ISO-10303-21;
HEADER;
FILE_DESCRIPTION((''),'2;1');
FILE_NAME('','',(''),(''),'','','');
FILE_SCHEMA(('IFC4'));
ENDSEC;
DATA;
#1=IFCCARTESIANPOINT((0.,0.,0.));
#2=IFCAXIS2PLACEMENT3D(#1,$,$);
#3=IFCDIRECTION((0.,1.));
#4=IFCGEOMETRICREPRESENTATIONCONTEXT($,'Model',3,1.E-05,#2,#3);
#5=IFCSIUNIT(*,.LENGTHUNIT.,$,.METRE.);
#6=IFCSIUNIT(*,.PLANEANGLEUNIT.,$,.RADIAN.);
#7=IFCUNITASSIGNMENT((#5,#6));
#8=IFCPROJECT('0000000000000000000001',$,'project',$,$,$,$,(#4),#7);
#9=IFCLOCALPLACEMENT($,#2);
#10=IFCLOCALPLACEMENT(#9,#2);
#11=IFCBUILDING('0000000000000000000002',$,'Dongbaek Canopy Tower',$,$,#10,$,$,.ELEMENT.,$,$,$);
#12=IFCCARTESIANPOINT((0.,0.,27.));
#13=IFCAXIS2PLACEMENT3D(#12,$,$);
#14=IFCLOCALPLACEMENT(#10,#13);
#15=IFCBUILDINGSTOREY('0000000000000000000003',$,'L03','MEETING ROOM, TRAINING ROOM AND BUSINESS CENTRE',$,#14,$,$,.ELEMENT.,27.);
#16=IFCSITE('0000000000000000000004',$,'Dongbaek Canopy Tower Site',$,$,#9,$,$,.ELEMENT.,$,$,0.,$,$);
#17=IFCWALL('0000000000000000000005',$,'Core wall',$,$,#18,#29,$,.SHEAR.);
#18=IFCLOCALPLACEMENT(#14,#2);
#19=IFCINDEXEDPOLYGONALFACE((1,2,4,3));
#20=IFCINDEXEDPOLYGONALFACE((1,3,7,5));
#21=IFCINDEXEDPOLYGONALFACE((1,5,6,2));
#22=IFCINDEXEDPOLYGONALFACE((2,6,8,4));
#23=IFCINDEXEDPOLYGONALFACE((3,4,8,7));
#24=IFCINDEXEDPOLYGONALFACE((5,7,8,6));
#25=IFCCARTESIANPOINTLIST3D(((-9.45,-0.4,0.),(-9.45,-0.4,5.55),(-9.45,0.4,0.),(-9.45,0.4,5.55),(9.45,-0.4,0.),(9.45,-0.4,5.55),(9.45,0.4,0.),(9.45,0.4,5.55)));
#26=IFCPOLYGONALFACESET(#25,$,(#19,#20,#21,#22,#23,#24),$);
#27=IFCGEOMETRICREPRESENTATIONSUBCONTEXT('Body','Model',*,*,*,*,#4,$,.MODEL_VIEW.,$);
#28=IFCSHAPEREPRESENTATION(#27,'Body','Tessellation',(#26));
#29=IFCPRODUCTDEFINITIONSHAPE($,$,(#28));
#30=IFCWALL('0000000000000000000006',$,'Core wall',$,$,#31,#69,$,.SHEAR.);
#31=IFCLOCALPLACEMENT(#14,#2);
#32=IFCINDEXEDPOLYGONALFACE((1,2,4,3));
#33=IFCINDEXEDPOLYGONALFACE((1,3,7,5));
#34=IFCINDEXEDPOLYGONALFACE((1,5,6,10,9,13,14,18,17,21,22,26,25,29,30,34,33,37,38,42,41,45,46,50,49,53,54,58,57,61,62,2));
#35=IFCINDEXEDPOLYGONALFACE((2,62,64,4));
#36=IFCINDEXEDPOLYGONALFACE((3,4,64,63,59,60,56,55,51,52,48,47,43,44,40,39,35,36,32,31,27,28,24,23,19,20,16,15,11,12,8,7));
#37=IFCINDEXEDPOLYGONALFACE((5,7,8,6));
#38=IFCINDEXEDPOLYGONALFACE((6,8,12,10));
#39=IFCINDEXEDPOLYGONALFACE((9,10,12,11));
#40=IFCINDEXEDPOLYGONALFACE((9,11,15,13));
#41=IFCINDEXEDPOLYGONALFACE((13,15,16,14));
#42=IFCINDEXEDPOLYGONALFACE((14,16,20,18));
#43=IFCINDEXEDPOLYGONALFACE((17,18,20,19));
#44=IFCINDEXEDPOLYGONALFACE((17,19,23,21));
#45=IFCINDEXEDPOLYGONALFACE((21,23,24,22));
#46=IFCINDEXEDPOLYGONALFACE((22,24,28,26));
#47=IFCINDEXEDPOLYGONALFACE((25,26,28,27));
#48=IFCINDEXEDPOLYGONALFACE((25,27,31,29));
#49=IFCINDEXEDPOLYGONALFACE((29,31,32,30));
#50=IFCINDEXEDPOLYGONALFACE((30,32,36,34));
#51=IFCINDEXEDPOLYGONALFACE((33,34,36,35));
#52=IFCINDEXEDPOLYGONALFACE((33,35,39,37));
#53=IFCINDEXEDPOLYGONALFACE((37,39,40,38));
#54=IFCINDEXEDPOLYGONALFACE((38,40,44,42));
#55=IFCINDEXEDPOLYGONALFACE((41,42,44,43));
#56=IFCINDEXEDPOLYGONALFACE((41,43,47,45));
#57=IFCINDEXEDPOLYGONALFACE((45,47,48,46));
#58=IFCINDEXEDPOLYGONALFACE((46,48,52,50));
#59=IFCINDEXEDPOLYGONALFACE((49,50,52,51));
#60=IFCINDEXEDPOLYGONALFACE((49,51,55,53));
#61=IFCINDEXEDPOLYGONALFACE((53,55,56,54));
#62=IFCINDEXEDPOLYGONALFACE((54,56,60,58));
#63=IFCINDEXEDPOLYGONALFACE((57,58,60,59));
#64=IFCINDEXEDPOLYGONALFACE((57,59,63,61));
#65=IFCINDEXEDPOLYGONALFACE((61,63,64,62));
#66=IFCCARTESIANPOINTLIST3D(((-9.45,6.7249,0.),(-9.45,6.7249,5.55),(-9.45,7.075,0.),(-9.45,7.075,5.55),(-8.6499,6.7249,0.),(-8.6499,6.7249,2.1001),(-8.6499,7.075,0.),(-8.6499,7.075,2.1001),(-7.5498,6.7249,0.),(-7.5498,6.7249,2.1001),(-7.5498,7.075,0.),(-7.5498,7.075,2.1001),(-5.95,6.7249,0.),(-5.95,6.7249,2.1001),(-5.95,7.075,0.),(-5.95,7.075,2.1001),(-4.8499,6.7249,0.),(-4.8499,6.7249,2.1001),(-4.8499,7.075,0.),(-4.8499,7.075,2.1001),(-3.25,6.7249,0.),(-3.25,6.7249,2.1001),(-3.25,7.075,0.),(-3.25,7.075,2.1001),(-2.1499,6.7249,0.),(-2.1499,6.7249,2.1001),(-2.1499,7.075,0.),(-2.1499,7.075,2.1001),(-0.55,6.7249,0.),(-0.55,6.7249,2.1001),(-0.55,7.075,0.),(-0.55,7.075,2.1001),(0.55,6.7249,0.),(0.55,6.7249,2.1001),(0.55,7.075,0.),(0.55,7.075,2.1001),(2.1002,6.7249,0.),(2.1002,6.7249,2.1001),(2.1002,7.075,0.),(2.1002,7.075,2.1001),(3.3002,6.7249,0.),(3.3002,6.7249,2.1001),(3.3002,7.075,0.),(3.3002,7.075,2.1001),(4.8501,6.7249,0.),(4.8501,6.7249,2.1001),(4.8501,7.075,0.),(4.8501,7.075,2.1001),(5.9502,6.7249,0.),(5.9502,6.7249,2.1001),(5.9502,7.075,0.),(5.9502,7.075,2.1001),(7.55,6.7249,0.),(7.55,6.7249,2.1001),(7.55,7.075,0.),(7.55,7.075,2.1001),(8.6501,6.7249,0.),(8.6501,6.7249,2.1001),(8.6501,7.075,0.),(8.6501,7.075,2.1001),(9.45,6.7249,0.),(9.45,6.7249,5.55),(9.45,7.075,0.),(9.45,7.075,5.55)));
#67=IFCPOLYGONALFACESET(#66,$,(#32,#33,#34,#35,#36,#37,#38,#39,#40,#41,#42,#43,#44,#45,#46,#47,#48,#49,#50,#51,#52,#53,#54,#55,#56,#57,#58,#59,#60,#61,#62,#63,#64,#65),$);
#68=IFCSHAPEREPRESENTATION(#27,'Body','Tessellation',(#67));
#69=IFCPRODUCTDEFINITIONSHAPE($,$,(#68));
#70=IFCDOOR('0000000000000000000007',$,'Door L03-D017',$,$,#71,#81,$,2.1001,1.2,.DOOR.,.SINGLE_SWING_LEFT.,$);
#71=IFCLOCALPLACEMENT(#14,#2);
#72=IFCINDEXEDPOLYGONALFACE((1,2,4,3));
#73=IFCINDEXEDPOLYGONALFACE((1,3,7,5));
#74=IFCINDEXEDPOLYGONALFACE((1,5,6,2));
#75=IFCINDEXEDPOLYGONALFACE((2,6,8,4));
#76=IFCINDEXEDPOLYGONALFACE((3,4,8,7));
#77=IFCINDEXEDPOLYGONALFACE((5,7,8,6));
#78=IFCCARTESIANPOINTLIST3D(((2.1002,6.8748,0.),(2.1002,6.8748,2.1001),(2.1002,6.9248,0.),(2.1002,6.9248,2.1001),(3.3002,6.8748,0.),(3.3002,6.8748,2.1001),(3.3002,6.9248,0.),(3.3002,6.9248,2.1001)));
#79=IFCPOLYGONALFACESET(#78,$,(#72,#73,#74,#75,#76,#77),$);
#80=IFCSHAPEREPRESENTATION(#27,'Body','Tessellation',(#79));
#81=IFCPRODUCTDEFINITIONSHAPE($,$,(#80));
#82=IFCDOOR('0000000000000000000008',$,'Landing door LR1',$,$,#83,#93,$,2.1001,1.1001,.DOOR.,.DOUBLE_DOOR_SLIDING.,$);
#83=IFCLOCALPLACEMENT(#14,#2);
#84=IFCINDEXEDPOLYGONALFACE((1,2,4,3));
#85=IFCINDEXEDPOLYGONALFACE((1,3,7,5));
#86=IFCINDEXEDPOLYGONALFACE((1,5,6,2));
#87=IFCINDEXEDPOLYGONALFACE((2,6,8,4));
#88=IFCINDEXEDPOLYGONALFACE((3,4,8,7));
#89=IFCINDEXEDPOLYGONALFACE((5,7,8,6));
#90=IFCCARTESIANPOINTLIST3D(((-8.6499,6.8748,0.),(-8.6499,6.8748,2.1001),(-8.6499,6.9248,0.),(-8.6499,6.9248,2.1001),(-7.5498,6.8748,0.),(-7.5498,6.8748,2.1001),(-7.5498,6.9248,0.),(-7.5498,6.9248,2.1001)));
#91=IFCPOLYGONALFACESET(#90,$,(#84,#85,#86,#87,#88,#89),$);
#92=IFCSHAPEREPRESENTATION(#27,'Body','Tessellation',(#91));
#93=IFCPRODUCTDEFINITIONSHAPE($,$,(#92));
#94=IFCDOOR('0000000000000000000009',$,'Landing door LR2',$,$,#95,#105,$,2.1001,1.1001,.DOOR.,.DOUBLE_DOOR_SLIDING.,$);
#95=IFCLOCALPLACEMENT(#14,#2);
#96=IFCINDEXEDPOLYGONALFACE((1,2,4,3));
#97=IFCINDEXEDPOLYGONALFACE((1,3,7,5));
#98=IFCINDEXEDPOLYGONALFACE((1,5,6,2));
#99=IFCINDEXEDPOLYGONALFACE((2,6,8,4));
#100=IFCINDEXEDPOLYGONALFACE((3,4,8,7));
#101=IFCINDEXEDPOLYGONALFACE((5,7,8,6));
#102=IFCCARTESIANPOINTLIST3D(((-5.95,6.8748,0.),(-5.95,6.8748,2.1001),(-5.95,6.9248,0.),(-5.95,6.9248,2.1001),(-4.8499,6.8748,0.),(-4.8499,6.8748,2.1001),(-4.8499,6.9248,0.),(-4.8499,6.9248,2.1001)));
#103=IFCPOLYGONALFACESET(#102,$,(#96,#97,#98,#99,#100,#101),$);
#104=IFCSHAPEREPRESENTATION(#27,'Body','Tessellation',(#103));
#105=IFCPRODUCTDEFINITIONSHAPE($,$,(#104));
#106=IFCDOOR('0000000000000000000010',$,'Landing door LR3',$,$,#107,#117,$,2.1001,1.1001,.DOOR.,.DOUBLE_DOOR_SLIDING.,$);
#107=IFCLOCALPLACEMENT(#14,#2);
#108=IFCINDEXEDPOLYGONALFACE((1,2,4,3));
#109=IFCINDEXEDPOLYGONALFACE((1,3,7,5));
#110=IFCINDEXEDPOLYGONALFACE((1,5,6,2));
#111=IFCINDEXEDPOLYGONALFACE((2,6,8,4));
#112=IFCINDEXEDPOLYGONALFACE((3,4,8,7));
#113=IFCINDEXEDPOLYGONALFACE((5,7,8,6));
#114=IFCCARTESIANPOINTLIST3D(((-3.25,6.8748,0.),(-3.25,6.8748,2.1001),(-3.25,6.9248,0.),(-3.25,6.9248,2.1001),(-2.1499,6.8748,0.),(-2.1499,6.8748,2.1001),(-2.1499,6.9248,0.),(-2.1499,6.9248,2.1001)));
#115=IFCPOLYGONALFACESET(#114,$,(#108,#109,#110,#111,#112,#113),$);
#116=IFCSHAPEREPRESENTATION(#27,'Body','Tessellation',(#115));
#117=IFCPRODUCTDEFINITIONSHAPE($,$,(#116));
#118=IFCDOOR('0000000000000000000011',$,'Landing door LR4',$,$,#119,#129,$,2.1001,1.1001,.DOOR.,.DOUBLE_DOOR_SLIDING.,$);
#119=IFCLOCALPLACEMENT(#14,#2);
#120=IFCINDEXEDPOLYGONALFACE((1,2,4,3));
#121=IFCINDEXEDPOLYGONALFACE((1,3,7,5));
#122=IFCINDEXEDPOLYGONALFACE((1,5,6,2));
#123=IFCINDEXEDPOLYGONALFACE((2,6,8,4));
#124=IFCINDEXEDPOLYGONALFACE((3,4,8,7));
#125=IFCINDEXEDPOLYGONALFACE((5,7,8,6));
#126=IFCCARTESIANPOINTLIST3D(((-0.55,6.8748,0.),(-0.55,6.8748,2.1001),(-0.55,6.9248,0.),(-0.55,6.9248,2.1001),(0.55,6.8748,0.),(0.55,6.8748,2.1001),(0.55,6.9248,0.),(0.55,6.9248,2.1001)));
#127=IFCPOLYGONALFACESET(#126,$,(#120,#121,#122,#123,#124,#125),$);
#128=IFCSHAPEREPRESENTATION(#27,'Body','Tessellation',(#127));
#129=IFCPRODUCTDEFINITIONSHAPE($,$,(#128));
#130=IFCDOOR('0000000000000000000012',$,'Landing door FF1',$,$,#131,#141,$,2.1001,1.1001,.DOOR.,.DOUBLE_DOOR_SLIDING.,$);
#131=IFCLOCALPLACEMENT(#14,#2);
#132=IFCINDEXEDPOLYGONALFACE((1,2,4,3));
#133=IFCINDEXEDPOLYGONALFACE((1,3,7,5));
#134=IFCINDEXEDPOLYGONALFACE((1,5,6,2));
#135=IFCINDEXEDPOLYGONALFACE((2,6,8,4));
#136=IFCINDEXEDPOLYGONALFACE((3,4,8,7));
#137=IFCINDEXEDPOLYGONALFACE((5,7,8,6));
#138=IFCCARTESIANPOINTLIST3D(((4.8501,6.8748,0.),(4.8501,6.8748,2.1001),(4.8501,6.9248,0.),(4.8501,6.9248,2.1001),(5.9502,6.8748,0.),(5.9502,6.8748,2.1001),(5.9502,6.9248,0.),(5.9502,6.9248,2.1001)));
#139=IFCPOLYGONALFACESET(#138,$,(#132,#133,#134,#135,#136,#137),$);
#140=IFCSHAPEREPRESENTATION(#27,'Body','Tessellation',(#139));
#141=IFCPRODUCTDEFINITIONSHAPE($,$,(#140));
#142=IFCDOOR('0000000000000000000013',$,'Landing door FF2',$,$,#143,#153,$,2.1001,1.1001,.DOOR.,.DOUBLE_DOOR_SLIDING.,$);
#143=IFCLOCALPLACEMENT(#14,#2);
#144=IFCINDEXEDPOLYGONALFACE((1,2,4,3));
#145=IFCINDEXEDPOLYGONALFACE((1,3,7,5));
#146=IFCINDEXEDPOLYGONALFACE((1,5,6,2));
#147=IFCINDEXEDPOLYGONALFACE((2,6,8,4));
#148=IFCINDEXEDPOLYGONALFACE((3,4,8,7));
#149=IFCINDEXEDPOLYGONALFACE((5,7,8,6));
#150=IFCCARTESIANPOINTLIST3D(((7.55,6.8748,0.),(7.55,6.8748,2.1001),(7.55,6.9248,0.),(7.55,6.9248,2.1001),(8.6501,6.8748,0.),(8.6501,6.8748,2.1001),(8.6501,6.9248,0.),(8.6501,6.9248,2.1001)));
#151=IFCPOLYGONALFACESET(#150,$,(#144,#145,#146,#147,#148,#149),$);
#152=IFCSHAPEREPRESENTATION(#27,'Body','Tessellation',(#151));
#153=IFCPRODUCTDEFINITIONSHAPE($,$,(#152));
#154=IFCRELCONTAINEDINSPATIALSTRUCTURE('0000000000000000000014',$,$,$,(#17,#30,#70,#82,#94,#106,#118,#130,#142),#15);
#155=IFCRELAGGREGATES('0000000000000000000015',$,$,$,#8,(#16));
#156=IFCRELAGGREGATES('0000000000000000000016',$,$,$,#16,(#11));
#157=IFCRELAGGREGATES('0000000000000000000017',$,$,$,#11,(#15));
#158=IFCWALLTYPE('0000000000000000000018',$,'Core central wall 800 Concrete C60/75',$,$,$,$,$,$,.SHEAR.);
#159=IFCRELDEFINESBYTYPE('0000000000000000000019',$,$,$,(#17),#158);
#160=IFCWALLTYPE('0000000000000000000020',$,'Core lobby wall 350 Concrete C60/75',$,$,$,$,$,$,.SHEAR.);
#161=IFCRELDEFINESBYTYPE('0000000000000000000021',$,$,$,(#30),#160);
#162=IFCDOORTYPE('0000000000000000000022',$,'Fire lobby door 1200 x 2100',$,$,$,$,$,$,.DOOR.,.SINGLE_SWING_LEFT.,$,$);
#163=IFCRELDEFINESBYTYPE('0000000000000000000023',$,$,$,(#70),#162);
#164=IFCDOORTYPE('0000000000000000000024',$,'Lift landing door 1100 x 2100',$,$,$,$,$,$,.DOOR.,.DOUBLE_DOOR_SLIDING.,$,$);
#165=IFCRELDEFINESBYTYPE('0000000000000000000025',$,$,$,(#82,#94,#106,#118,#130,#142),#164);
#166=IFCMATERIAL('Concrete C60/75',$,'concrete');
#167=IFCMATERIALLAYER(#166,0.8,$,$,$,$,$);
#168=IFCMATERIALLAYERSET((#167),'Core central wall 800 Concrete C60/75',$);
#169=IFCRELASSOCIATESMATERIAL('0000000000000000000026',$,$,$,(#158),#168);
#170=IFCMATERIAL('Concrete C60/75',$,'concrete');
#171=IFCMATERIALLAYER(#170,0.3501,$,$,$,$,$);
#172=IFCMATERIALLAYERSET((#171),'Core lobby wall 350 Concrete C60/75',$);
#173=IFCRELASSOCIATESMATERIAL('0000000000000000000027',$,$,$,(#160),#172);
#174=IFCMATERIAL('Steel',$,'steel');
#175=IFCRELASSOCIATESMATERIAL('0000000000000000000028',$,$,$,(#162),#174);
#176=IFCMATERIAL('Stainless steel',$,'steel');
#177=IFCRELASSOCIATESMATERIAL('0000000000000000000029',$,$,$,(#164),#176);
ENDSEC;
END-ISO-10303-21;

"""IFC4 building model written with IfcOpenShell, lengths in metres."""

from ifc_helpers import new_model, si_unit, direction, frame, frame_2d, origin, place, context, subcontext, project, spatial, rectangle, extrude, material, layer, layer_set, type_object, element, fill, save


model = new_model("IFC4")

# Units and contexts
model_context = context("Model", 3, precision=1e-05, world=origin(), true_north=direction((0.0, 1.0)))
body_context = subcontext(model_context, "Body", "Model", "MODEL_VIEW")
ifc_project = project(units=[si_unit("LENGTHUNIT", "METRE"), si_unit("PLANEANGLEUNIT", "RADIAN")], contexts=[model_context])

# Site, building, storey
site_placement = place(None, origin())
site = spatial("IfcSite", under=ifc_project, at=site_placement, Name="Dongbaek Canopy Tower Site", CompositionType="ELEMENT", RefElevation=0.0)
building_placement = place(site_placement, origin())
building = spatial("IfcBuilding", under=site, at=building_placement, Name="Dongbaek Canopy Tower", CompositionType="ELEMENT")
storey_placement = place(building_placement, frame((0.0, 0.0, 27.0)))
storey = spatial("IfcBuildingStorey", under=building, at=storey_placement, Name="L03", Description="MEETING ROOM, TRAINING ROOM AND BUSINESS CENTRE", CompositionType="ELEMENT", Elevation=27.0)

# Wall
ifc_material_1 = material(Name="Concrete C60/75", Category="concrete")
ifc_layer_1 = layer(ifc_material_1, 0.8)
ifc_layer_set_1 = layer_set([ifc_layer_1], Name="Core central wall 800 Concrete C60/75")
wall_type_1 = type_object("IfcWallType", Name="Core central wall 800 Concrete C60/75", PredefinedType="SHEAR", material=ifc_layer_set_1)
wall_1_placement = place(storey_placement, frame((-9.45, 0.0, 0.0), z_axis=(0.0, 0.0, 1.0), x_axis=(1.0, 0.0, 0.0)))
element("IfcWall", 1, at=wall_1_placement, inside=storey, type_object=wall_type_1, Name="Core wall", PredefinedType="SHEAR", context=body_context, shape_type="SweptSolid", body=[
    extrude(rectangle(XDim=18.8999, YDim=0.8, at=frame_2d((9.45, 0.0))), origin(), (0.0, 0.0, 1.0), 5.55),
])

# Wall, openings, doors
ifc_material_2 = material(Name="Concrete C60/75", Category="concrete")
ifc_layer_2 = layer(ifc_material_2, 0.3501)
ifc_layer_set_2 = layer_set([ifc_layer_2], Name="Core lobby wall 350 Concrete C60/75")
wall_type_2 = type_object("IfcWallType", Name="Core lobby wall 350 Concrete C60/75", PredefinedType="SHEAR", material=ifc_layer_set_2)
wall_2_placement = place(storey_placement, frame((-9.45, 6.8999, 0.0), z_axis=(0.0, 0.0, 1.0), x_axis=(1.0, 0.0, 0.0)))
wall_2 = element("IfcWall", 2, at=wall_2_placement, inside=storey, type_object=wall_type_2, Name="Core wall", PredefinedType="SHEAR", context=body_context, shape_type="SweptSolid", body=[
    extrude(rectangle(XDim=18.8999, YDim=0.3501, at=frame_2d((9.45, 0.0))), origin(), (0.0, 0.0, 1.0), 5.55),
])
opening_1_placement = place(wall_2_placement, frame((0.8, 0.0, 0.0)))
opening_1 = element("IfcOpeningElement", 3, at=opening_1_placement, cuts=wall_2, PredefinedType="OPENING", context=body_context, shape_type="SweptSolid", body=[
    extrude(rectangle(XDim=1.1001, YDim=2.1001, at=frame_2d((0.55, 1.05))), frame((0.0, 0.1851, 0.0), z_axis=(0.0, -1.0, 0.0), x_axis=(1.0, 0.0, 0.0)), (0.0, 0.0, 1.0), 0.3701),
])
opening_2_placement = place(wall_2_placement, frame((3.5, 0.0, 0.0)))
opening_2 = element("IfcOpeningElement", 4, at=opening_2_placement, cuts=wall_2, PredefinedType="OPENING", context=body_context, shape_type="SweptSolid", body=[
    extrude(rectangle(XDim=1.1001, YDim=2.1001, at=frame_2d((0.55, 1.05))), frame((0.0, 0.1851, 0.0), z_axis=(0.0, -1.0, 0.0), x_axis=(1.0, 0.0, 0.0)), (0.0, 0.0, 1.0), 0.3701),
])
opening_3_placement = place(wall_2_placement, frame((6.2, 0.0, 0.0)))
opening_3 = element("IfcOpeningElement", 5, at=opening_3_placement, cuts=wall_2, PredefinedType="OPENING", context=body_context, shape_type="SweptSolid", body=[
    extrude(rectangle(XDim=1.1001, YDim=2.1001, at=frame_2d((0.55, 1.05))), frame((0.0, 0.1851, 0.0), z_axis=(0.0, -1.0, 0.0), x_axis=(1.0, 0.0, 0.0)), (0.0, 0.0, 1.0), 0.3701),
])
opening_4_placement = place(wall_2_placement, frame((8.8999, 0.0, 0.0)))
opening_4 = element("IfcOpeningElement", 6, at=opening_4_placement, cuts=wall_2, PredefinedType="OPENING", context=body_context, shape_type="SweptSolid", body=[
    extrude(rectangle(XDim=1.1001, YDim=2.1001, at=frame_2d((0.55, 1.05))), frame((0.0, 0.1851, 0.0), z_axis=(0.0, -1.0, 0.0), x_axis=(1.0, 0.0, 0.0)), (0.0, 0.0, 1.0), 0.3701),
])
opening_5_placement = place(wall_2_placement, frame((11.55, 0.0, 0.0)))
opening_5 = element("IfcOpeningElement", 7, at=opening_5_placement, cuts=wall_2, PredefinedType="OPENING", context=body_context, shape_type="SweptSolid", body=[
    extrude(rectangle(XDim=1.2, YDim=2.1001, at=frame_2d((0.6001, 1.05))), frame((0.0, 0.1851, 0.0), z_axis=(0.0, -1.0, 0.0), x_axis=(1.0, 0.0, 0.0)), (0.0, 0.0, 1.0), 0.3701),
])
opening_6_placement = place(wall_2_placement, frame((14.3, 0.0, 0.0)))
opening_6 = element("IfcOpeningElement", 8, at=opening_6_placement, cuts=wall_2, PredefinedType="OPENING", context=body_context, shape_type="SweptSolid", body=[
    extrude(rectangle(XDim=1.1001, YDim=2.1001, at=frame_2d((0.55, 1.05))), frame((0.0, 0.1851, 0.0), z_axis=(0.0, -1.0, 0.0), x_axis=(1.0, 0.0, 0.0)), (0.0, 0.0, 1.0), 0.3701),
])
opening_7_placement = place(wall_2_placement, frame((17.0, 0.0, 0.0)))
opening_7 = element("IfcOpeningElement", 9, at=opening_7_placement, cuts=wall_2, PredefinedType="OPENING", context=body_context, shape_type="SweptSolid", body=[
    extrude(rectangle(XDim=1.1001, YDim=2.1001, at=frame_2d((0.55, 1.05))), frame((0.0, 0.1851, 0.0), z_axis=(0.0, -1.0, 0.0), x_axis=(1.0, 0.0, 0.0)), (0.0, 0.0, 1.0), 0.3701),
])
ifc_material_3 = material(Name="Steel", Category="steel")
door_type_1 = type_object("IfcDoorType", Name="Fire lobby door 1200 x 2100", OperationType="SINGLE_SWING_LEFT", PredefinedType="DOOR", material=ifc_material_3)
door_1_placement = place(opening_5_placement, origin())
door_1 = element("IfcDoor", 10, at=door_1_placement, inside=storey, type_object=door_type_1, Name="Door L03-D017", OperationType="SINGLE_SWING_LEFT", OverallHeight=2.1001, OverallWidth=1.2, PredefinedType="DOOR", context=body_context, shape_type="SweptSolid", body=[
    extrude(rectangle(XDim=1.2, YDim=2.1001, at=frame_2d((0.6001, 1.05))), frame((0.0, 0.0249, 0.0), z_axis=(0.0, -1.0, 0.0), x_axis=(1.0, 0.0, 0.0)), (0.0, 0.0, 1.0), 0.05),
])
fill(opening_5, door_1)
ifc_material_4 = material(Name="Stainless steel", Category="steel")
door_type_2 = type_object("IfcDoorType", Name="Lift landing door 1100 x 2100", OperationType="DOUBLE_DOOR_SLIDING", PredefinedType="DOOR", material=ifc_material_4)
door_2_placement = place(opening_1_placement, origin())
door_2 = element("IfcDoor", 11, at=door_2_placement, inside=storey, type_object=door_type_2, Name="Landing door LR1", OperationType="DOUBLE_DOOR_SLIDING", OverallHeight=2.1001, OverallWidth=1.1001, PredefinedType="DOOR", context=body_context, shape_type="SweptSolid", body=[
    extrude(rectangle(XDim=1.1001, YDim=2.1001, at=frame_2d((0.55, 1.05))), frame((0.0, 0.0249, 0.0), z_axis=(0.0, -1.0, 0.0), x_axis=(1.0, 0.0, 0.0)), (0.0, 0.0, 1.0), 0.05),
])
fill(opening_1, door_2)
door_3_placement = place(opening_2_placement, origin())
door_3 = element("IfcDoor", 12, at=door_3_placement, inside=storey, type_object=door_type_2, Name="Landing door LR2", OperationType="DOUBLE_DOOR_SLIDING", OverallHeight=2.1001, OverallWidth=1.1001, PredefinedType="DOOR", context=body_context, shape_type="SweptSolid", body=[
    extrude(rectangle(XDim=1.1001, YDim=2.1001, at=frame_2d((0.55, 1.05))), frame((0.0, 0.0249, 0.0), z_axis=(0.0, -1.0, 0.0), x_axis=(1.0, 0.0, 0.0)), (0.0, 0.0, 1.0), 0.05),
])
fill(opening_2, door_3)
door_4_placement = place(opening_3_placement, origin())
door_4 = element("IfcDoor", 13, at=door_4_placement, inside=storey, type_object=door_type_2, Name="Landing door LR3", OperationType="DOUBLE_DOOR_SLIDING", OverallHeight=2.1001, OverallWidth=1.1001, PredefinedType="DOOR", context=body_context, shape_type="SweptSolid", body=[
    extrude(rectangle(XDim=1.1001, YDim=2.1001, at=frame_2d((0.55, 1.05))), frame((0.0, 0.0249, 0.0), z_axis=(0.0, -1.0, 0.0), x_axis=(1.0, 0.0, 0.0)), (0.0, 0.0, 1.0), 0.05),
])
fill(opening_3, door_4)
door_5_placement = place(opening_4_placement, origin())
door_5 = element("IfcDoor", 14, at=door_5_placement, inside=storey, type_object=door_type_2, Name="Landing door LR4", OperationType="DOUBLE_DOOR_SLIDING", OverallHeight=2.1001, OverallWidth=1.1001, PredefinedType="DOOR", context=body_context, shape_type="SweptSolid", body=[
    extrude(rectangle(XDim=1.1001, YDim=2.1001, at=frame_2d((0.55, 1.05))), frame((0.0, 0.0249, 0.0), z_axis=(0.0, -1.0, 0.0), x_axis=(1.0, 0.0, 0.0)), (0.0, 0.0, 1.0), 0.05),
])
fill(opening_4, door_5)
door_6_placement = place(opening_6_placement, origin())
door_6 = element("IfcDoor", 15, at=door_6_placement, inside=storey, type_object=door_type_2, Name="Landing door FF1", OperationType="DOUBLE_DOOR_SLIDING", OverallHeight=2.1001, OverallWidth=1.1001, PredefinedType="DOOR", context=body_context, shape_type="SweptSolid", body=[
    extrude(rectangle(XDim=1.1001, YDim=2.1001, at=frame_2d((0.55, 1.05))), frame((0.0, 0.0249, 0.0), z_axis=(0.0, -1.0, 0.0), x_axis=(1.0, 0.0, 0.0)), (0.0, 0.0, 1.0), 0.05),
])
fill(opening_6, door_6)
door_7_placement = place(opening_7_placement, origin())
door_7 = element("IfcDoor", 16, at=door_7_placement, inside=storey, type_object=door_type_2, Name="Landing door FF2", OperationType="DOUBLE_DOOR_SLIDING", OverallHeight=2.1001, OverallWidth=1.1001, PredefinedType="DOOR", context=body_context, shape_type="SweptSolid", body=[
    extrude(rectangle(XDim=1.1001, YDim=2.1001, at=frame_2d((0.55, 1.05))), frame((0.0, 0.0249, 0.0), z_axis=(0.0, -1.0, 0.0), x_axis=(1.0, 0.0, 0.0)), (0.0, 0.0, 1.0), 0.05),
])
fill(opening_7, door_7)

save(model, "model.ifc")
